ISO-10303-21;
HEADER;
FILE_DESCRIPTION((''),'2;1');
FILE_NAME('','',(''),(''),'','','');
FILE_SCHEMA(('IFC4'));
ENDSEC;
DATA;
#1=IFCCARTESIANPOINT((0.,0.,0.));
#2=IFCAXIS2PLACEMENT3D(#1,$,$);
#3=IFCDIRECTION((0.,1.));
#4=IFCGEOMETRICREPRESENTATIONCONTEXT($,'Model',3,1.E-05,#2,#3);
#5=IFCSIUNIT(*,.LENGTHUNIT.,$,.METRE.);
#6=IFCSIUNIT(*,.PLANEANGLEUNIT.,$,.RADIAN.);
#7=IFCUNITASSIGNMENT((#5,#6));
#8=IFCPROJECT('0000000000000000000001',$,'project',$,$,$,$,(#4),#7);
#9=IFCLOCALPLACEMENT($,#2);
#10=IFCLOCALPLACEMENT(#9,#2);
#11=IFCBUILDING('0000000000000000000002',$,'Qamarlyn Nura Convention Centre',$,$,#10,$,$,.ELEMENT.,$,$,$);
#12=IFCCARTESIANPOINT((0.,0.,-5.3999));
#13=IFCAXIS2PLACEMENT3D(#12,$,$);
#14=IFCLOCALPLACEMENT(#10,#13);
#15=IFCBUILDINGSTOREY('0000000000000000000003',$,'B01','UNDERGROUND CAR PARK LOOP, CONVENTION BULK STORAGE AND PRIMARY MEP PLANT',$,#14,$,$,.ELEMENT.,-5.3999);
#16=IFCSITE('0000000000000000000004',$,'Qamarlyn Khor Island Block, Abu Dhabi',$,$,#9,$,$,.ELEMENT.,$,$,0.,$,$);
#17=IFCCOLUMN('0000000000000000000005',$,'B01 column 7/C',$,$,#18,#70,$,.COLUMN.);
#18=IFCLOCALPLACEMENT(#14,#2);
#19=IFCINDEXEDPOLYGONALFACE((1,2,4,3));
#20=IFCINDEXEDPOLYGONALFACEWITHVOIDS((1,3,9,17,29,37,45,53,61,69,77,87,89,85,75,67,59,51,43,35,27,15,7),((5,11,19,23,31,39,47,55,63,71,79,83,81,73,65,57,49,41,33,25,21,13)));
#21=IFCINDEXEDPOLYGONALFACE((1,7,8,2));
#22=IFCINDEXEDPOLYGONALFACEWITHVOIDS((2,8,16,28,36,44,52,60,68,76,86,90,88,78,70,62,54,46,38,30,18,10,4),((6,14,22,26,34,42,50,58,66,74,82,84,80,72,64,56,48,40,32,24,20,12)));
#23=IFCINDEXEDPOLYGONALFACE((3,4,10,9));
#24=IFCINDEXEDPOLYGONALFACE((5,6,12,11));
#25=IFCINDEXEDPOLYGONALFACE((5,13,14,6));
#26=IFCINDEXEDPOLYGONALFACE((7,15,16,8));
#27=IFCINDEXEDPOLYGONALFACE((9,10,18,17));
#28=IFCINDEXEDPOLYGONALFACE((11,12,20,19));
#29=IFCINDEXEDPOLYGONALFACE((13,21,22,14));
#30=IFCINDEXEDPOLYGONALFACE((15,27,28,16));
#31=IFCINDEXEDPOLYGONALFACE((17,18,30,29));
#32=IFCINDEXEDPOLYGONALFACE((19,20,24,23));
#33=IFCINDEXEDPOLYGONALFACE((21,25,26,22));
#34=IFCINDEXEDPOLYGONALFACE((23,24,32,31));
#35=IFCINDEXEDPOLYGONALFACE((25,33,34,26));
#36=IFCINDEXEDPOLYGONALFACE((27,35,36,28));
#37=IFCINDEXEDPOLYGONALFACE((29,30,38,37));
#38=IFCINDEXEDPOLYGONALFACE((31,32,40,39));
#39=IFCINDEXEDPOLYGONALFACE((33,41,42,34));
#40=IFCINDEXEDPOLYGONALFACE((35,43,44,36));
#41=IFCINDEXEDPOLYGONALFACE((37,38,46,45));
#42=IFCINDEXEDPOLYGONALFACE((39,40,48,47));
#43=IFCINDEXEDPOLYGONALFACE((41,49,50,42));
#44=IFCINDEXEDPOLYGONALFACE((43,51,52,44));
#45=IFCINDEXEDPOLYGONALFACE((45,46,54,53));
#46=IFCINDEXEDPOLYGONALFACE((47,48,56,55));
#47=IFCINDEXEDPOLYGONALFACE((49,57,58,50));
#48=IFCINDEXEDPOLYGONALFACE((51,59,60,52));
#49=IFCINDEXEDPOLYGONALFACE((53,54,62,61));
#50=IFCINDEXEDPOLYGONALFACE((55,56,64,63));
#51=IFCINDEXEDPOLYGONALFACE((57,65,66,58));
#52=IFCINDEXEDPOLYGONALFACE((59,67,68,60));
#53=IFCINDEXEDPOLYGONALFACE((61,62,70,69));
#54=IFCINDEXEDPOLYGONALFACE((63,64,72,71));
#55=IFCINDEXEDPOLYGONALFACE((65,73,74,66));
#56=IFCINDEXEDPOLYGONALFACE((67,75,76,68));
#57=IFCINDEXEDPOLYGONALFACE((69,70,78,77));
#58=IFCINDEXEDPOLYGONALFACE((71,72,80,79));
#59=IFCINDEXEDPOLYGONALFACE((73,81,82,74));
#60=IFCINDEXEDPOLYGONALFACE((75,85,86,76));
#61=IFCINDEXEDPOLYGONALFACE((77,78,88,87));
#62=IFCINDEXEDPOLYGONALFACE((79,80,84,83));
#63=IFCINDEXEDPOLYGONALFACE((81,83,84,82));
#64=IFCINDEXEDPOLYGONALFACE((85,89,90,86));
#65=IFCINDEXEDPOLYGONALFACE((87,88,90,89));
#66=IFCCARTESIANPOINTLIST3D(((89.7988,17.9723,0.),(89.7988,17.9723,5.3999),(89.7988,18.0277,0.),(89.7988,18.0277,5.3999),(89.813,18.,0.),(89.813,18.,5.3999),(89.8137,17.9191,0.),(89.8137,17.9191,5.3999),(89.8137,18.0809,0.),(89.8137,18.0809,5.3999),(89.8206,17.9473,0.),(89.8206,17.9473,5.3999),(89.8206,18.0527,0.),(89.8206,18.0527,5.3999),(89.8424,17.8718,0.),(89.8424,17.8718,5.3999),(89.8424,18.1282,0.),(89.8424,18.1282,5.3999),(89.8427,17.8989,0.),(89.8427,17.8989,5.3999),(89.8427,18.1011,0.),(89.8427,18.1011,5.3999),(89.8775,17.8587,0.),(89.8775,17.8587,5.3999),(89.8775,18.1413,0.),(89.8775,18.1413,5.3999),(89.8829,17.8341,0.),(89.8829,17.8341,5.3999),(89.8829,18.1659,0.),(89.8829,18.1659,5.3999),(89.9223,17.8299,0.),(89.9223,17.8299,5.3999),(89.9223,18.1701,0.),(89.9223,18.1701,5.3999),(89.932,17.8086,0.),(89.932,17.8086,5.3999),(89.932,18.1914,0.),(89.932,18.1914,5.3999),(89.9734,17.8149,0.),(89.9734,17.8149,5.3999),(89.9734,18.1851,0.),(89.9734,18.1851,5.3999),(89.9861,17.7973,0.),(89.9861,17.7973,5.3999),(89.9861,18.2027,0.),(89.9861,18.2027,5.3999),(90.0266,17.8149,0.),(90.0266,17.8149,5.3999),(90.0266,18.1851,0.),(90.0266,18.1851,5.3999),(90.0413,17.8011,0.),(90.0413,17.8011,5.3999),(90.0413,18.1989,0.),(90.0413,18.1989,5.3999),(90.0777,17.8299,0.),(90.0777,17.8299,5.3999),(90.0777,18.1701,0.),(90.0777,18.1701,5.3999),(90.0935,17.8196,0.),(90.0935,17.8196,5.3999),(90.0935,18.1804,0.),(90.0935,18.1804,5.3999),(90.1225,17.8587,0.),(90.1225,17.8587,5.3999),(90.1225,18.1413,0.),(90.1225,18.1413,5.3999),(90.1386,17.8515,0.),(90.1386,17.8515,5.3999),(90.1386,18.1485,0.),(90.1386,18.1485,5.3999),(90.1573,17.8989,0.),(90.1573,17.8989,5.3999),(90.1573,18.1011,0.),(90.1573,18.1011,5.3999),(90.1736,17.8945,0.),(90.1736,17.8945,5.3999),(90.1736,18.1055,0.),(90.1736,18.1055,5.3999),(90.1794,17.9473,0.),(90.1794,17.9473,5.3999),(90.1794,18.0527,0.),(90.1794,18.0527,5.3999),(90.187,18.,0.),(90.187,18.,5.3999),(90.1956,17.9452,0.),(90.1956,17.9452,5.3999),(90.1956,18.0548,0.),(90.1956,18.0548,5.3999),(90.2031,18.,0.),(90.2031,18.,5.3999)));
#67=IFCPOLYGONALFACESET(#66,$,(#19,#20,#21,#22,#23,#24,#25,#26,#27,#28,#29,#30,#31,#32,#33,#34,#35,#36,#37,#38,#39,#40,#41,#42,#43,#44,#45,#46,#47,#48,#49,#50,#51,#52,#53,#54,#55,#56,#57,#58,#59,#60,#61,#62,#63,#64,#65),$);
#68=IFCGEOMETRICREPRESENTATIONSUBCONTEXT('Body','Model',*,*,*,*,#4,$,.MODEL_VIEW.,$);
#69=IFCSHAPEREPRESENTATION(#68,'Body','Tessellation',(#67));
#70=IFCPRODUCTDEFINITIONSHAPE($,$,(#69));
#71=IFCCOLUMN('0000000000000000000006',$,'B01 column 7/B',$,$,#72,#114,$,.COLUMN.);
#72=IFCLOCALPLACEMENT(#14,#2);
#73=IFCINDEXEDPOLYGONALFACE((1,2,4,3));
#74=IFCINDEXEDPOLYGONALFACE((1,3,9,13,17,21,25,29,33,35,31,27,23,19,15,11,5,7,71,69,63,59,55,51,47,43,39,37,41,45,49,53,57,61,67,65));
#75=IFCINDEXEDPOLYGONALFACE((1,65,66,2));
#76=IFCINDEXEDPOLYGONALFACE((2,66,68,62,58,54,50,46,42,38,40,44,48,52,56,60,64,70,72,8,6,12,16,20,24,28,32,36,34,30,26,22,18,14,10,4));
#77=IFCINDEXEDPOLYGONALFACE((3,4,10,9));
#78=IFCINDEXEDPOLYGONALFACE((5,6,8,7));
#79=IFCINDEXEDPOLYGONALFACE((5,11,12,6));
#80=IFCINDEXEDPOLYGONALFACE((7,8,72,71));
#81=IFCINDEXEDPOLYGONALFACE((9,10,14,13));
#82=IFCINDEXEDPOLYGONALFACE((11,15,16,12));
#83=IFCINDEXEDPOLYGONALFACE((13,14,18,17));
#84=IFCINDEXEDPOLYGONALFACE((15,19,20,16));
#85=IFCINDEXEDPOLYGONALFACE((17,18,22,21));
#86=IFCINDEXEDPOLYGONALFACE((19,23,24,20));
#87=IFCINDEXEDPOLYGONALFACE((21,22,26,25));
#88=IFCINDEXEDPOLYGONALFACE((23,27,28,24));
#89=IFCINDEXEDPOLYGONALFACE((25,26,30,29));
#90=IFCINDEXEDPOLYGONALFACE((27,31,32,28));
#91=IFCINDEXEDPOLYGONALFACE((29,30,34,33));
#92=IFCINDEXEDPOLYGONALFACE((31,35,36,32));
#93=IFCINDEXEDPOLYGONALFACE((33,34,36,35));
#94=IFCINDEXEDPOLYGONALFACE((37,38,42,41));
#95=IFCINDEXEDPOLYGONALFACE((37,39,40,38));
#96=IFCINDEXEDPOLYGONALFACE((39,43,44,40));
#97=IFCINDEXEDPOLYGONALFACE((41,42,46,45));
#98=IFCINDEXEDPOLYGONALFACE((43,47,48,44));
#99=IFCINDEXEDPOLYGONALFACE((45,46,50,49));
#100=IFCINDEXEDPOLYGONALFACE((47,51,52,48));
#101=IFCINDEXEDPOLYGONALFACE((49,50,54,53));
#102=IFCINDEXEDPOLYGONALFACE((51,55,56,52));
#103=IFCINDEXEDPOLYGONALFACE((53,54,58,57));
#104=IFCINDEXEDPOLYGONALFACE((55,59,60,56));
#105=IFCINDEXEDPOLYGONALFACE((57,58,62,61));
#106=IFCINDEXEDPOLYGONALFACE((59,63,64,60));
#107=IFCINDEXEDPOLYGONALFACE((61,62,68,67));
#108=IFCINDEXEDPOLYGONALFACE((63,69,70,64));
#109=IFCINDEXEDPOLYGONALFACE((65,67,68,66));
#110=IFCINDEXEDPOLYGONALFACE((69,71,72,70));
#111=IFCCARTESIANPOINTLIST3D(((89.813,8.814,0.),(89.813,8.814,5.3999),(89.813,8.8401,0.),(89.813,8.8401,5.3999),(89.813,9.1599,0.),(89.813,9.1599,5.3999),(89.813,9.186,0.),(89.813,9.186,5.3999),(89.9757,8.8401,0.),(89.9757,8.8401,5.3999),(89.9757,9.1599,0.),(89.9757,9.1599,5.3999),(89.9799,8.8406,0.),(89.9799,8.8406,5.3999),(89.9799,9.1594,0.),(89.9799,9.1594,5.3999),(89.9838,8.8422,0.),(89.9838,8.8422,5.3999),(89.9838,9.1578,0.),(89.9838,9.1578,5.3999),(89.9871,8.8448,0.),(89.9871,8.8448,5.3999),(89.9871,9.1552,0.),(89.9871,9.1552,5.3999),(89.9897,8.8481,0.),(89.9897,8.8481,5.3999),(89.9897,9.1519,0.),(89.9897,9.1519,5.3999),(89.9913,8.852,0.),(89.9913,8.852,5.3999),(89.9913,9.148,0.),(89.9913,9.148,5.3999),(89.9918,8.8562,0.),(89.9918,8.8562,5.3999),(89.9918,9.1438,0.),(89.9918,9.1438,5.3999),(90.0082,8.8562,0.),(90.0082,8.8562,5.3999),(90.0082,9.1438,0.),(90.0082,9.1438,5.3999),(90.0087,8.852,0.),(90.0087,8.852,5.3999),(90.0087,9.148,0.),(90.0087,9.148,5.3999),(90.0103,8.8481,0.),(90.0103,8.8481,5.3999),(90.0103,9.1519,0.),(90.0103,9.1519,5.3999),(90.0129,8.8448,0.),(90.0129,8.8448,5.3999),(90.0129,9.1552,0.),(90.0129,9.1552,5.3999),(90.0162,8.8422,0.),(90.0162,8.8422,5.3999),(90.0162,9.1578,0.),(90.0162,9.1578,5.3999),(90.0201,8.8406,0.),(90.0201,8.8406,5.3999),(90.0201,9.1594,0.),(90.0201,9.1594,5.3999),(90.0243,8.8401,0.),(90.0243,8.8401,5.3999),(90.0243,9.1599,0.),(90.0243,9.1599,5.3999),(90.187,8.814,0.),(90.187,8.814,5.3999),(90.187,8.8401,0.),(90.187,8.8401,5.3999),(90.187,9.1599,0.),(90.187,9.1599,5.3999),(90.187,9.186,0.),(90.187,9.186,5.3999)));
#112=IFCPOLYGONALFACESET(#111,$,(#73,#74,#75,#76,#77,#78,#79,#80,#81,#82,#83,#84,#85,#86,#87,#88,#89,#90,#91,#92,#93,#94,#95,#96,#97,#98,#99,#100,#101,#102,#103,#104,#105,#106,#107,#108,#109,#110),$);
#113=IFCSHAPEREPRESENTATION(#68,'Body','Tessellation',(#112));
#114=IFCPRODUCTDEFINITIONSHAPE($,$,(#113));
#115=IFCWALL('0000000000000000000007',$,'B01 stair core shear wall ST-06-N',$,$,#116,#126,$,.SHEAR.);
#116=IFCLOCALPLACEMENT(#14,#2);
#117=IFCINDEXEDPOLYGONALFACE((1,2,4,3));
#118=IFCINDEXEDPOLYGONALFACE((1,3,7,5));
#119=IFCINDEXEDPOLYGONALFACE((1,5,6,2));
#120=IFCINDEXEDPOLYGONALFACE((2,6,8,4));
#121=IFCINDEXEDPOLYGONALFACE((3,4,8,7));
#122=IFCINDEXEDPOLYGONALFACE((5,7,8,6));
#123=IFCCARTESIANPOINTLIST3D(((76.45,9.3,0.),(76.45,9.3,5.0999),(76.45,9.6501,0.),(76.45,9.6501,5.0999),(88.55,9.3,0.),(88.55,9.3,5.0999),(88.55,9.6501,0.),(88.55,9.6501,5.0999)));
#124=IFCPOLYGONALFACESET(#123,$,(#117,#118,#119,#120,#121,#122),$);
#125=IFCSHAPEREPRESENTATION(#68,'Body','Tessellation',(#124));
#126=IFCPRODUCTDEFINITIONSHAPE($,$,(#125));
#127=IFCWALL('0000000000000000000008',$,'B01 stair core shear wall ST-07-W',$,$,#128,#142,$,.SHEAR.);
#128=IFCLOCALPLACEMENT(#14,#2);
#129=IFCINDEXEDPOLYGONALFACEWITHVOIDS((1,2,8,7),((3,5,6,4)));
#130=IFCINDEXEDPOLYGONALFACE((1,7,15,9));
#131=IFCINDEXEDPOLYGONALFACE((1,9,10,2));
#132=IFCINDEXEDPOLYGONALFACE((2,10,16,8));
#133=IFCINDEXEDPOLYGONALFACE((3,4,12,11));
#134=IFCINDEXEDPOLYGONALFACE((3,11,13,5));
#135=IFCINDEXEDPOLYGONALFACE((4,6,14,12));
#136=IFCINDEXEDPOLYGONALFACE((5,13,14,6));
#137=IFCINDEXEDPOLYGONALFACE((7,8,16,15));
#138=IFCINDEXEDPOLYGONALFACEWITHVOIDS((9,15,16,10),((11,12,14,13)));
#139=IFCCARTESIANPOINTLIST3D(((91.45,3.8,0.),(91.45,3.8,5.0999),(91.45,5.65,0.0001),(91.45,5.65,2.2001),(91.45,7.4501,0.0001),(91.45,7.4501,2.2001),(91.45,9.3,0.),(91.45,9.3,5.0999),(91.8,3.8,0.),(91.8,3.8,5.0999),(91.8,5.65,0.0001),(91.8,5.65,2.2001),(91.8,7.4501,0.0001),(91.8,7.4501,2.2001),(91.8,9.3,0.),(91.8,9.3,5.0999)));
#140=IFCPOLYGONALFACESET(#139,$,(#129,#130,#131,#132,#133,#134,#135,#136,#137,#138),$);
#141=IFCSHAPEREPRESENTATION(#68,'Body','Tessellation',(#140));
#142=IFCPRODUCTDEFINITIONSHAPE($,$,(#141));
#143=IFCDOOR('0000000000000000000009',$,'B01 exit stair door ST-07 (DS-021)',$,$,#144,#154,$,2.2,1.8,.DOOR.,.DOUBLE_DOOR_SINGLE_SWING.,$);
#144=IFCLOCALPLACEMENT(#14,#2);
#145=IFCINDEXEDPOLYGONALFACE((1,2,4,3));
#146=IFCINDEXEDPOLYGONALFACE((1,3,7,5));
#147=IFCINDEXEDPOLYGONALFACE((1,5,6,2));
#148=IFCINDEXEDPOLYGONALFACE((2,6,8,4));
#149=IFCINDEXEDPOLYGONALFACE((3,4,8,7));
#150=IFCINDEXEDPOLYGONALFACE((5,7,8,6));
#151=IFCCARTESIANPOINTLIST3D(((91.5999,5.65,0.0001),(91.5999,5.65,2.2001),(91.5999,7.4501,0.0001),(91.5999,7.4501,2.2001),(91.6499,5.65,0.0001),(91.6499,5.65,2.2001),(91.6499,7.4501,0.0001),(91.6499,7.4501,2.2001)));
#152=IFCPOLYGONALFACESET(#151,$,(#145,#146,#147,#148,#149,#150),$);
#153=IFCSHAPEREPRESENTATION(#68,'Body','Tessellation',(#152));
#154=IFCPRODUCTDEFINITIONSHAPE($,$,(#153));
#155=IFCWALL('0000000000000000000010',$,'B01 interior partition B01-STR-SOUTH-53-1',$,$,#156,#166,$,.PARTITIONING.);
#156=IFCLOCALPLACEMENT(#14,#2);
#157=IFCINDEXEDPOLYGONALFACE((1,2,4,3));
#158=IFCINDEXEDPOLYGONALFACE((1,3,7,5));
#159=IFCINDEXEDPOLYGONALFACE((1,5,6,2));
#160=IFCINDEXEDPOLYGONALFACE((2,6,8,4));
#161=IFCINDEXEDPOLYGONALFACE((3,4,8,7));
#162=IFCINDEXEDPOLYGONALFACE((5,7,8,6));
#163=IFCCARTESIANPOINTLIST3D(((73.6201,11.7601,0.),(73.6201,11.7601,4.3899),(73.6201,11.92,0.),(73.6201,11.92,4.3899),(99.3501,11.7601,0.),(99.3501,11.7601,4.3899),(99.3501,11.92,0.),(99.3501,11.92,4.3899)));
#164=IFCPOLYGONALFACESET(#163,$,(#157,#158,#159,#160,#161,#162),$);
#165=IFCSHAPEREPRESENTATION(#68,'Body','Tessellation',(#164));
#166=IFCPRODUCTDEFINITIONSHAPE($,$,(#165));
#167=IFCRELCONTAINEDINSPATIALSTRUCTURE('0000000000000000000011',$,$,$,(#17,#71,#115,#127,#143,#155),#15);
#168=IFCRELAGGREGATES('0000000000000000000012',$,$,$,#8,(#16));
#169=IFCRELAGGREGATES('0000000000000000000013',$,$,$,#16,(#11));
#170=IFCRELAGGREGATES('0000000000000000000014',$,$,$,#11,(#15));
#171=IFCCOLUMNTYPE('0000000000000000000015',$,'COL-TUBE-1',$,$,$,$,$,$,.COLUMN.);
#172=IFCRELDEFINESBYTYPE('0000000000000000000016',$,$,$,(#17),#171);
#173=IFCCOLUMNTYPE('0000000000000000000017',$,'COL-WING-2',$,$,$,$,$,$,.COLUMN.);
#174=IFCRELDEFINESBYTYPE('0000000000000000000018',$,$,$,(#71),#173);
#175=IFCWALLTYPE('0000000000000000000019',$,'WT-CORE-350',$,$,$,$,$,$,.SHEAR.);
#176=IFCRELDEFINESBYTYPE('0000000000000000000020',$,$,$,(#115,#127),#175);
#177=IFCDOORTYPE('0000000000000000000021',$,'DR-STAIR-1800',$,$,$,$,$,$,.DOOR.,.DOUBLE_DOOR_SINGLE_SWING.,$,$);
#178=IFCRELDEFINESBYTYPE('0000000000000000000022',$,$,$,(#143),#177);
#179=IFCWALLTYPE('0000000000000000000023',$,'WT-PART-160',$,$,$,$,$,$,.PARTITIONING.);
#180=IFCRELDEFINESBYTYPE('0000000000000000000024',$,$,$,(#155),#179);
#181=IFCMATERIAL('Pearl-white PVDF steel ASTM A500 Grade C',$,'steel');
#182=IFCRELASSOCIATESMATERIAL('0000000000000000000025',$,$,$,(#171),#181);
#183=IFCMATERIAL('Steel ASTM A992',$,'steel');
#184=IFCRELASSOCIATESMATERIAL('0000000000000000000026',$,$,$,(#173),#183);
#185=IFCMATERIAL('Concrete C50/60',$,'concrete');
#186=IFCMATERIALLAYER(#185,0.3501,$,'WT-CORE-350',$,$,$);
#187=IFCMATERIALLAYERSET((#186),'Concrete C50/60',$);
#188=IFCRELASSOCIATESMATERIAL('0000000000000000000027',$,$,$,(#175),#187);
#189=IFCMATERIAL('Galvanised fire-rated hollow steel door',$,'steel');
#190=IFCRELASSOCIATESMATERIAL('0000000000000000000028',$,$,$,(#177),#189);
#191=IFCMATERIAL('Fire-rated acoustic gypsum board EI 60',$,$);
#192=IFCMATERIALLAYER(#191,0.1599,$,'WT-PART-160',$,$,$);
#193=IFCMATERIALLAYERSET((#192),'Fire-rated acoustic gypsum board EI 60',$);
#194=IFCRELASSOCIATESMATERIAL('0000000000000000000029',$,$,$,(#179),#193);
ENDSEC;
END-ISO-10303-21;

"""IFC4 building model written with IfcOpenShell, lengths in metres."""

from ifc_helpers import new_model, si_unit, direction, frame, frame_2d, origin, origin_2d, place, context, subcontext, project, spatial, rectangle, hollow_circle, i_section, extrude, material, layer, layer_set, material_profile, profile_set, type_object, element, fill, save


model = new_model("IFC4")

# Units and contexts
model_context = context("Model", 3, precision=1e-05, world=origin(), true_north=direction((0.0, 1.0)))
body_context = subcontext(model_context, "Body", "Model", "MODEL_VIEW")
ifc_project = project(units=[si_unit("LENGTHUNIT", "METRE"), si_unit("PLANEANGLEUNIT", "RADIAN")], contexts=[model_context])

# Site, building, storey
site_placement = place(None, origin())
site = spatial("IfcSite", under=ifc_project, at=site_placement, Name="Qamarlyn Khor Island Block, Abu Dhabi", CompositionType="ELEMENT", RefElevation=0.0)
building_placement = place(site_placement, origin())
building = spatial("IfcBuilding", under=site, at=building_placement, Name="Qamarlyn Nura Convention Centre", CompositionType="ELEMENT")
storey_placement = place(building_placement, frame((0.0, 0.0, -5.3999)))
storey = spatial("IfcBuildingStorey", under=building, at=storey_placement, Name="B01", Description="UNDERGROUND CAR PARK LOOP, CONVENTION BULK STORAGE AND PRIMARY MEP PLANT", CompositionType="ELEMENT", Elevation=-5.3999)

# Columns
ifc_material_1 = material(Name="Pearl-white PVDF steel ASTM A500 Grade C", Category="steel")
ifc_material_profile_1 = material_profile(ifc_material_1, hollow_circle(Radius=0.2031, WallThickness=0.0161, at=origin_2d()), Name="CHS406.4X16")
ifc_profile_set_1 = profile_set([ifc_material_profile_1], Name="Pearl-white PVDF steel ASTM A500 Grade C")
column_type_1 = type_object("IfcColumnType", Name="COL-TUBE-1", PredefinedType="COLUMN", material=ifc_profile_set_1)
column_1_placement = place(storey_placement, frame((90.0, 18.0, 0.0), z_axis=(0.0, 0.0, 1.0), x_axis=(1.0, 0.0, 0.0)))
element("IfcColumn", 1, at=column_1_placement, inside=storey, type_object=column_type_1, Name="B01 column 7/C", PredefinedType="COLUMN", context=body_context, shape_type="SweptSolid", body=[
    extrude(hollow_circle(Radius=0.2031, WallThickness=0.0161, at=origin_2d()), origin(), (0.0, 0.0, 1.0), 5.3999),
])
ifc_material_2 = material(Name="Steel ASTM A992", Category="steel")
ifc_material_profile_2 = material_profile(ifc_material_2, i_section(OverallWidth=0.374, OverallDepth=0.3721, WebThickness=0.0164, FlangeThickness=0.0261, FilletRadius=0.0161, at=origin_2d()), Name="W360X196")
ifc_profile_set_2 = profile_set([ifc_material_profile_2], Name="Steel ASTM A992")
column_type_2 = type_object("IfcColumnType", Name="COL-WING-2", PredefinedType="COLUMN", material=ifc_profile_set_2)
column_2_placement = place(storey_placement, frame((90.0, 9.0, 0.0), z_axis=(0.0, 0.0, 1.0), x_axis=(1.0, 0.0, 0.0)))
element("IfcColumn", 2, at=column_2_placement, inside=storey, type_object=column_type_2, Name="B01 column 7/B", PredefinedType="COLUMN", context=body_context, shape_type="SweptSolid", body=[
    extrude(i_section(OverallWidth=0.374, OverallDepth=0.3721, WebThickness=0.0164, FlangeThickness=0.0261, FilletRadius=0.0161, at=origin_2d()), origin(), (0.0, 0.0, 1.0), 5.3999),
])

# Wall
ifc_material_3 = material(Name="Concrete C50/60", Category="concrete")
ifc_layer_1 = layer(ifc_material_3, 0.3501, Name="WT-CORE-350")
ifc_layer_set_1 = layer_set([ifc_layer_1], Name="Concrete C50/60")
wall_type_1 = type_object("IfcWallType", Name="WT-CORE-350", PredefinedType="SHEAR", material=ifc_layer_set_1)
wall_1_placement = place(storey_placement, frame((88.55, 9.4751, 0.0), z_axis=(0.0, 0.0, 1.0), x_axis=(-1.0, 0.0, 0.0)))
element("IfcWall", 3, at=wall_1_placement, inside=storey, type_object=wall_type_1, Name="B01 stair core shear wall ST-06-N", PredefinedType="SHEAR", context=body_context, shape_type="SweptSolid", body=[
    extrude(rectangle(XDim=12.1001, YDim=0.3501, at=frame_2d((6.05, 0.0))), origin(), (0.0, 0.0, 1.0), 5.0999),
])

# Wall, opening, door
wall_2_placement = place(storey_placement, frame((91.625, 9.3, 0.0), z_axis=(0.0, 0.0, 1.0), x_axis=(0.0, -1.0, 0.0)))
wall_2 = element("IfcWall", 4, at=wall_2_placement, inside=storey, type_object=wall_type_1, Name="B01 stair core shear wall ST-07-W", PredefinedType="SHEAR", context=body_context, shape_type="SweptSolid", body=[
    extrude(rectangle(XDim=5.5, YDim=0.3501, at=frame_2d((2.75, 0.0))), origin(), (0.0, 0.0, 1.0), 5.0999),
])
opening_1_placement = place(wall_2_placement, frame((1.8501, 0.0, 0.0)))
opening_1 = element("IfcOpeningElement", 5, at=opening_1_placement, cuts=wall_2, PredefinedType="OPENING", context=body_context, shape_type="SweptSolid", body=[
    extrude(rectangle(XDim=1.8, YDim=2.2, at=frame_2d((0.8999, 1.1001))), frame((0.0, 0.1851, 0.0), z_axis=(0.0, -1.0, 0.0), x_axis=(1.0, 0.0, 0.0)), (0.0, 0.0, 1.0), 0.3701),
])
ifc_material_4 = material(Name="Galvanised fire-rated hollow steel door", Category="steel")
door_type_1 = type_object("IfcDoorType", Name="DR-STAIR-1800", OperationType="DOUBLE_DOOR_SINGLE_SWING", PredefinedType="DOOR", material=ifc_material_4)
door_1_placement = place(opening_1_placement, origin())
door_1 = element("IfcDoor", 6, at=door_1_placement, inside=storey, type_object=door_type_1, Name="B01 exit stair door ST-07 (DS-021)", OperationType="DOUBLE_DOOR_SINGLE_SWING", OverallHeight=2.2, OverallWidth=1.8, PredefinedType="DOOR", context=body_context, shape_type="SweptSolid", body=[
    extrude(rectangle(XDim=1.8, YDim=2.2, at=frame_2d((0.8999, 1.1001))), frame((0.0, 0.0249, 0.0), z_axis=(0.0, -1.0, 0.0), x_axis=(1.0, 0.0, 0.0)), (0.0, 0.0, 1.0), 0.05),
])
fill(opening_1, door_1)

# Wall
ifc_material_5 = material(Name="Fire-rated acoustic gypsum board EI 60")
ifc_layer_2 = layer(ifc_material_5, 0.1599, Name="WT-PART-160")
ifc_layer_set_2 = layer_set([ifc_layer_2], Name="Fire-rated acoustic gypsum board EI 60")
wall_type_2 = type_object("IfcWallType", Name="WT-PART-160", PredefinedType="PARTITIONING", material=ifc_layer_set_2)
wall_3_placement = place(storey_placement, frame((99.3501, 11.8401, 0.0), z_axis=(0.0, 0.0, 1.0), x_axis=(-1.0, 0.0, 0.0)))
element("IfcWall", 7, at=wall_3_placement, inside=storey, type_object=wall_type_2, Name="B01 interior partition B01-STR-SOUTH-53-1", PredefinedType="PARTITIONING", context=body_context, shape_type="SweptSolid", body=[
    extrude(rectangle(XDim=25.73, YDim=0.1599, at=frame_2d((12.865, 0.0))), origin(), (0.0, 0.0, 1.0), 4.3899),
])

save(model, "model.ifc")
